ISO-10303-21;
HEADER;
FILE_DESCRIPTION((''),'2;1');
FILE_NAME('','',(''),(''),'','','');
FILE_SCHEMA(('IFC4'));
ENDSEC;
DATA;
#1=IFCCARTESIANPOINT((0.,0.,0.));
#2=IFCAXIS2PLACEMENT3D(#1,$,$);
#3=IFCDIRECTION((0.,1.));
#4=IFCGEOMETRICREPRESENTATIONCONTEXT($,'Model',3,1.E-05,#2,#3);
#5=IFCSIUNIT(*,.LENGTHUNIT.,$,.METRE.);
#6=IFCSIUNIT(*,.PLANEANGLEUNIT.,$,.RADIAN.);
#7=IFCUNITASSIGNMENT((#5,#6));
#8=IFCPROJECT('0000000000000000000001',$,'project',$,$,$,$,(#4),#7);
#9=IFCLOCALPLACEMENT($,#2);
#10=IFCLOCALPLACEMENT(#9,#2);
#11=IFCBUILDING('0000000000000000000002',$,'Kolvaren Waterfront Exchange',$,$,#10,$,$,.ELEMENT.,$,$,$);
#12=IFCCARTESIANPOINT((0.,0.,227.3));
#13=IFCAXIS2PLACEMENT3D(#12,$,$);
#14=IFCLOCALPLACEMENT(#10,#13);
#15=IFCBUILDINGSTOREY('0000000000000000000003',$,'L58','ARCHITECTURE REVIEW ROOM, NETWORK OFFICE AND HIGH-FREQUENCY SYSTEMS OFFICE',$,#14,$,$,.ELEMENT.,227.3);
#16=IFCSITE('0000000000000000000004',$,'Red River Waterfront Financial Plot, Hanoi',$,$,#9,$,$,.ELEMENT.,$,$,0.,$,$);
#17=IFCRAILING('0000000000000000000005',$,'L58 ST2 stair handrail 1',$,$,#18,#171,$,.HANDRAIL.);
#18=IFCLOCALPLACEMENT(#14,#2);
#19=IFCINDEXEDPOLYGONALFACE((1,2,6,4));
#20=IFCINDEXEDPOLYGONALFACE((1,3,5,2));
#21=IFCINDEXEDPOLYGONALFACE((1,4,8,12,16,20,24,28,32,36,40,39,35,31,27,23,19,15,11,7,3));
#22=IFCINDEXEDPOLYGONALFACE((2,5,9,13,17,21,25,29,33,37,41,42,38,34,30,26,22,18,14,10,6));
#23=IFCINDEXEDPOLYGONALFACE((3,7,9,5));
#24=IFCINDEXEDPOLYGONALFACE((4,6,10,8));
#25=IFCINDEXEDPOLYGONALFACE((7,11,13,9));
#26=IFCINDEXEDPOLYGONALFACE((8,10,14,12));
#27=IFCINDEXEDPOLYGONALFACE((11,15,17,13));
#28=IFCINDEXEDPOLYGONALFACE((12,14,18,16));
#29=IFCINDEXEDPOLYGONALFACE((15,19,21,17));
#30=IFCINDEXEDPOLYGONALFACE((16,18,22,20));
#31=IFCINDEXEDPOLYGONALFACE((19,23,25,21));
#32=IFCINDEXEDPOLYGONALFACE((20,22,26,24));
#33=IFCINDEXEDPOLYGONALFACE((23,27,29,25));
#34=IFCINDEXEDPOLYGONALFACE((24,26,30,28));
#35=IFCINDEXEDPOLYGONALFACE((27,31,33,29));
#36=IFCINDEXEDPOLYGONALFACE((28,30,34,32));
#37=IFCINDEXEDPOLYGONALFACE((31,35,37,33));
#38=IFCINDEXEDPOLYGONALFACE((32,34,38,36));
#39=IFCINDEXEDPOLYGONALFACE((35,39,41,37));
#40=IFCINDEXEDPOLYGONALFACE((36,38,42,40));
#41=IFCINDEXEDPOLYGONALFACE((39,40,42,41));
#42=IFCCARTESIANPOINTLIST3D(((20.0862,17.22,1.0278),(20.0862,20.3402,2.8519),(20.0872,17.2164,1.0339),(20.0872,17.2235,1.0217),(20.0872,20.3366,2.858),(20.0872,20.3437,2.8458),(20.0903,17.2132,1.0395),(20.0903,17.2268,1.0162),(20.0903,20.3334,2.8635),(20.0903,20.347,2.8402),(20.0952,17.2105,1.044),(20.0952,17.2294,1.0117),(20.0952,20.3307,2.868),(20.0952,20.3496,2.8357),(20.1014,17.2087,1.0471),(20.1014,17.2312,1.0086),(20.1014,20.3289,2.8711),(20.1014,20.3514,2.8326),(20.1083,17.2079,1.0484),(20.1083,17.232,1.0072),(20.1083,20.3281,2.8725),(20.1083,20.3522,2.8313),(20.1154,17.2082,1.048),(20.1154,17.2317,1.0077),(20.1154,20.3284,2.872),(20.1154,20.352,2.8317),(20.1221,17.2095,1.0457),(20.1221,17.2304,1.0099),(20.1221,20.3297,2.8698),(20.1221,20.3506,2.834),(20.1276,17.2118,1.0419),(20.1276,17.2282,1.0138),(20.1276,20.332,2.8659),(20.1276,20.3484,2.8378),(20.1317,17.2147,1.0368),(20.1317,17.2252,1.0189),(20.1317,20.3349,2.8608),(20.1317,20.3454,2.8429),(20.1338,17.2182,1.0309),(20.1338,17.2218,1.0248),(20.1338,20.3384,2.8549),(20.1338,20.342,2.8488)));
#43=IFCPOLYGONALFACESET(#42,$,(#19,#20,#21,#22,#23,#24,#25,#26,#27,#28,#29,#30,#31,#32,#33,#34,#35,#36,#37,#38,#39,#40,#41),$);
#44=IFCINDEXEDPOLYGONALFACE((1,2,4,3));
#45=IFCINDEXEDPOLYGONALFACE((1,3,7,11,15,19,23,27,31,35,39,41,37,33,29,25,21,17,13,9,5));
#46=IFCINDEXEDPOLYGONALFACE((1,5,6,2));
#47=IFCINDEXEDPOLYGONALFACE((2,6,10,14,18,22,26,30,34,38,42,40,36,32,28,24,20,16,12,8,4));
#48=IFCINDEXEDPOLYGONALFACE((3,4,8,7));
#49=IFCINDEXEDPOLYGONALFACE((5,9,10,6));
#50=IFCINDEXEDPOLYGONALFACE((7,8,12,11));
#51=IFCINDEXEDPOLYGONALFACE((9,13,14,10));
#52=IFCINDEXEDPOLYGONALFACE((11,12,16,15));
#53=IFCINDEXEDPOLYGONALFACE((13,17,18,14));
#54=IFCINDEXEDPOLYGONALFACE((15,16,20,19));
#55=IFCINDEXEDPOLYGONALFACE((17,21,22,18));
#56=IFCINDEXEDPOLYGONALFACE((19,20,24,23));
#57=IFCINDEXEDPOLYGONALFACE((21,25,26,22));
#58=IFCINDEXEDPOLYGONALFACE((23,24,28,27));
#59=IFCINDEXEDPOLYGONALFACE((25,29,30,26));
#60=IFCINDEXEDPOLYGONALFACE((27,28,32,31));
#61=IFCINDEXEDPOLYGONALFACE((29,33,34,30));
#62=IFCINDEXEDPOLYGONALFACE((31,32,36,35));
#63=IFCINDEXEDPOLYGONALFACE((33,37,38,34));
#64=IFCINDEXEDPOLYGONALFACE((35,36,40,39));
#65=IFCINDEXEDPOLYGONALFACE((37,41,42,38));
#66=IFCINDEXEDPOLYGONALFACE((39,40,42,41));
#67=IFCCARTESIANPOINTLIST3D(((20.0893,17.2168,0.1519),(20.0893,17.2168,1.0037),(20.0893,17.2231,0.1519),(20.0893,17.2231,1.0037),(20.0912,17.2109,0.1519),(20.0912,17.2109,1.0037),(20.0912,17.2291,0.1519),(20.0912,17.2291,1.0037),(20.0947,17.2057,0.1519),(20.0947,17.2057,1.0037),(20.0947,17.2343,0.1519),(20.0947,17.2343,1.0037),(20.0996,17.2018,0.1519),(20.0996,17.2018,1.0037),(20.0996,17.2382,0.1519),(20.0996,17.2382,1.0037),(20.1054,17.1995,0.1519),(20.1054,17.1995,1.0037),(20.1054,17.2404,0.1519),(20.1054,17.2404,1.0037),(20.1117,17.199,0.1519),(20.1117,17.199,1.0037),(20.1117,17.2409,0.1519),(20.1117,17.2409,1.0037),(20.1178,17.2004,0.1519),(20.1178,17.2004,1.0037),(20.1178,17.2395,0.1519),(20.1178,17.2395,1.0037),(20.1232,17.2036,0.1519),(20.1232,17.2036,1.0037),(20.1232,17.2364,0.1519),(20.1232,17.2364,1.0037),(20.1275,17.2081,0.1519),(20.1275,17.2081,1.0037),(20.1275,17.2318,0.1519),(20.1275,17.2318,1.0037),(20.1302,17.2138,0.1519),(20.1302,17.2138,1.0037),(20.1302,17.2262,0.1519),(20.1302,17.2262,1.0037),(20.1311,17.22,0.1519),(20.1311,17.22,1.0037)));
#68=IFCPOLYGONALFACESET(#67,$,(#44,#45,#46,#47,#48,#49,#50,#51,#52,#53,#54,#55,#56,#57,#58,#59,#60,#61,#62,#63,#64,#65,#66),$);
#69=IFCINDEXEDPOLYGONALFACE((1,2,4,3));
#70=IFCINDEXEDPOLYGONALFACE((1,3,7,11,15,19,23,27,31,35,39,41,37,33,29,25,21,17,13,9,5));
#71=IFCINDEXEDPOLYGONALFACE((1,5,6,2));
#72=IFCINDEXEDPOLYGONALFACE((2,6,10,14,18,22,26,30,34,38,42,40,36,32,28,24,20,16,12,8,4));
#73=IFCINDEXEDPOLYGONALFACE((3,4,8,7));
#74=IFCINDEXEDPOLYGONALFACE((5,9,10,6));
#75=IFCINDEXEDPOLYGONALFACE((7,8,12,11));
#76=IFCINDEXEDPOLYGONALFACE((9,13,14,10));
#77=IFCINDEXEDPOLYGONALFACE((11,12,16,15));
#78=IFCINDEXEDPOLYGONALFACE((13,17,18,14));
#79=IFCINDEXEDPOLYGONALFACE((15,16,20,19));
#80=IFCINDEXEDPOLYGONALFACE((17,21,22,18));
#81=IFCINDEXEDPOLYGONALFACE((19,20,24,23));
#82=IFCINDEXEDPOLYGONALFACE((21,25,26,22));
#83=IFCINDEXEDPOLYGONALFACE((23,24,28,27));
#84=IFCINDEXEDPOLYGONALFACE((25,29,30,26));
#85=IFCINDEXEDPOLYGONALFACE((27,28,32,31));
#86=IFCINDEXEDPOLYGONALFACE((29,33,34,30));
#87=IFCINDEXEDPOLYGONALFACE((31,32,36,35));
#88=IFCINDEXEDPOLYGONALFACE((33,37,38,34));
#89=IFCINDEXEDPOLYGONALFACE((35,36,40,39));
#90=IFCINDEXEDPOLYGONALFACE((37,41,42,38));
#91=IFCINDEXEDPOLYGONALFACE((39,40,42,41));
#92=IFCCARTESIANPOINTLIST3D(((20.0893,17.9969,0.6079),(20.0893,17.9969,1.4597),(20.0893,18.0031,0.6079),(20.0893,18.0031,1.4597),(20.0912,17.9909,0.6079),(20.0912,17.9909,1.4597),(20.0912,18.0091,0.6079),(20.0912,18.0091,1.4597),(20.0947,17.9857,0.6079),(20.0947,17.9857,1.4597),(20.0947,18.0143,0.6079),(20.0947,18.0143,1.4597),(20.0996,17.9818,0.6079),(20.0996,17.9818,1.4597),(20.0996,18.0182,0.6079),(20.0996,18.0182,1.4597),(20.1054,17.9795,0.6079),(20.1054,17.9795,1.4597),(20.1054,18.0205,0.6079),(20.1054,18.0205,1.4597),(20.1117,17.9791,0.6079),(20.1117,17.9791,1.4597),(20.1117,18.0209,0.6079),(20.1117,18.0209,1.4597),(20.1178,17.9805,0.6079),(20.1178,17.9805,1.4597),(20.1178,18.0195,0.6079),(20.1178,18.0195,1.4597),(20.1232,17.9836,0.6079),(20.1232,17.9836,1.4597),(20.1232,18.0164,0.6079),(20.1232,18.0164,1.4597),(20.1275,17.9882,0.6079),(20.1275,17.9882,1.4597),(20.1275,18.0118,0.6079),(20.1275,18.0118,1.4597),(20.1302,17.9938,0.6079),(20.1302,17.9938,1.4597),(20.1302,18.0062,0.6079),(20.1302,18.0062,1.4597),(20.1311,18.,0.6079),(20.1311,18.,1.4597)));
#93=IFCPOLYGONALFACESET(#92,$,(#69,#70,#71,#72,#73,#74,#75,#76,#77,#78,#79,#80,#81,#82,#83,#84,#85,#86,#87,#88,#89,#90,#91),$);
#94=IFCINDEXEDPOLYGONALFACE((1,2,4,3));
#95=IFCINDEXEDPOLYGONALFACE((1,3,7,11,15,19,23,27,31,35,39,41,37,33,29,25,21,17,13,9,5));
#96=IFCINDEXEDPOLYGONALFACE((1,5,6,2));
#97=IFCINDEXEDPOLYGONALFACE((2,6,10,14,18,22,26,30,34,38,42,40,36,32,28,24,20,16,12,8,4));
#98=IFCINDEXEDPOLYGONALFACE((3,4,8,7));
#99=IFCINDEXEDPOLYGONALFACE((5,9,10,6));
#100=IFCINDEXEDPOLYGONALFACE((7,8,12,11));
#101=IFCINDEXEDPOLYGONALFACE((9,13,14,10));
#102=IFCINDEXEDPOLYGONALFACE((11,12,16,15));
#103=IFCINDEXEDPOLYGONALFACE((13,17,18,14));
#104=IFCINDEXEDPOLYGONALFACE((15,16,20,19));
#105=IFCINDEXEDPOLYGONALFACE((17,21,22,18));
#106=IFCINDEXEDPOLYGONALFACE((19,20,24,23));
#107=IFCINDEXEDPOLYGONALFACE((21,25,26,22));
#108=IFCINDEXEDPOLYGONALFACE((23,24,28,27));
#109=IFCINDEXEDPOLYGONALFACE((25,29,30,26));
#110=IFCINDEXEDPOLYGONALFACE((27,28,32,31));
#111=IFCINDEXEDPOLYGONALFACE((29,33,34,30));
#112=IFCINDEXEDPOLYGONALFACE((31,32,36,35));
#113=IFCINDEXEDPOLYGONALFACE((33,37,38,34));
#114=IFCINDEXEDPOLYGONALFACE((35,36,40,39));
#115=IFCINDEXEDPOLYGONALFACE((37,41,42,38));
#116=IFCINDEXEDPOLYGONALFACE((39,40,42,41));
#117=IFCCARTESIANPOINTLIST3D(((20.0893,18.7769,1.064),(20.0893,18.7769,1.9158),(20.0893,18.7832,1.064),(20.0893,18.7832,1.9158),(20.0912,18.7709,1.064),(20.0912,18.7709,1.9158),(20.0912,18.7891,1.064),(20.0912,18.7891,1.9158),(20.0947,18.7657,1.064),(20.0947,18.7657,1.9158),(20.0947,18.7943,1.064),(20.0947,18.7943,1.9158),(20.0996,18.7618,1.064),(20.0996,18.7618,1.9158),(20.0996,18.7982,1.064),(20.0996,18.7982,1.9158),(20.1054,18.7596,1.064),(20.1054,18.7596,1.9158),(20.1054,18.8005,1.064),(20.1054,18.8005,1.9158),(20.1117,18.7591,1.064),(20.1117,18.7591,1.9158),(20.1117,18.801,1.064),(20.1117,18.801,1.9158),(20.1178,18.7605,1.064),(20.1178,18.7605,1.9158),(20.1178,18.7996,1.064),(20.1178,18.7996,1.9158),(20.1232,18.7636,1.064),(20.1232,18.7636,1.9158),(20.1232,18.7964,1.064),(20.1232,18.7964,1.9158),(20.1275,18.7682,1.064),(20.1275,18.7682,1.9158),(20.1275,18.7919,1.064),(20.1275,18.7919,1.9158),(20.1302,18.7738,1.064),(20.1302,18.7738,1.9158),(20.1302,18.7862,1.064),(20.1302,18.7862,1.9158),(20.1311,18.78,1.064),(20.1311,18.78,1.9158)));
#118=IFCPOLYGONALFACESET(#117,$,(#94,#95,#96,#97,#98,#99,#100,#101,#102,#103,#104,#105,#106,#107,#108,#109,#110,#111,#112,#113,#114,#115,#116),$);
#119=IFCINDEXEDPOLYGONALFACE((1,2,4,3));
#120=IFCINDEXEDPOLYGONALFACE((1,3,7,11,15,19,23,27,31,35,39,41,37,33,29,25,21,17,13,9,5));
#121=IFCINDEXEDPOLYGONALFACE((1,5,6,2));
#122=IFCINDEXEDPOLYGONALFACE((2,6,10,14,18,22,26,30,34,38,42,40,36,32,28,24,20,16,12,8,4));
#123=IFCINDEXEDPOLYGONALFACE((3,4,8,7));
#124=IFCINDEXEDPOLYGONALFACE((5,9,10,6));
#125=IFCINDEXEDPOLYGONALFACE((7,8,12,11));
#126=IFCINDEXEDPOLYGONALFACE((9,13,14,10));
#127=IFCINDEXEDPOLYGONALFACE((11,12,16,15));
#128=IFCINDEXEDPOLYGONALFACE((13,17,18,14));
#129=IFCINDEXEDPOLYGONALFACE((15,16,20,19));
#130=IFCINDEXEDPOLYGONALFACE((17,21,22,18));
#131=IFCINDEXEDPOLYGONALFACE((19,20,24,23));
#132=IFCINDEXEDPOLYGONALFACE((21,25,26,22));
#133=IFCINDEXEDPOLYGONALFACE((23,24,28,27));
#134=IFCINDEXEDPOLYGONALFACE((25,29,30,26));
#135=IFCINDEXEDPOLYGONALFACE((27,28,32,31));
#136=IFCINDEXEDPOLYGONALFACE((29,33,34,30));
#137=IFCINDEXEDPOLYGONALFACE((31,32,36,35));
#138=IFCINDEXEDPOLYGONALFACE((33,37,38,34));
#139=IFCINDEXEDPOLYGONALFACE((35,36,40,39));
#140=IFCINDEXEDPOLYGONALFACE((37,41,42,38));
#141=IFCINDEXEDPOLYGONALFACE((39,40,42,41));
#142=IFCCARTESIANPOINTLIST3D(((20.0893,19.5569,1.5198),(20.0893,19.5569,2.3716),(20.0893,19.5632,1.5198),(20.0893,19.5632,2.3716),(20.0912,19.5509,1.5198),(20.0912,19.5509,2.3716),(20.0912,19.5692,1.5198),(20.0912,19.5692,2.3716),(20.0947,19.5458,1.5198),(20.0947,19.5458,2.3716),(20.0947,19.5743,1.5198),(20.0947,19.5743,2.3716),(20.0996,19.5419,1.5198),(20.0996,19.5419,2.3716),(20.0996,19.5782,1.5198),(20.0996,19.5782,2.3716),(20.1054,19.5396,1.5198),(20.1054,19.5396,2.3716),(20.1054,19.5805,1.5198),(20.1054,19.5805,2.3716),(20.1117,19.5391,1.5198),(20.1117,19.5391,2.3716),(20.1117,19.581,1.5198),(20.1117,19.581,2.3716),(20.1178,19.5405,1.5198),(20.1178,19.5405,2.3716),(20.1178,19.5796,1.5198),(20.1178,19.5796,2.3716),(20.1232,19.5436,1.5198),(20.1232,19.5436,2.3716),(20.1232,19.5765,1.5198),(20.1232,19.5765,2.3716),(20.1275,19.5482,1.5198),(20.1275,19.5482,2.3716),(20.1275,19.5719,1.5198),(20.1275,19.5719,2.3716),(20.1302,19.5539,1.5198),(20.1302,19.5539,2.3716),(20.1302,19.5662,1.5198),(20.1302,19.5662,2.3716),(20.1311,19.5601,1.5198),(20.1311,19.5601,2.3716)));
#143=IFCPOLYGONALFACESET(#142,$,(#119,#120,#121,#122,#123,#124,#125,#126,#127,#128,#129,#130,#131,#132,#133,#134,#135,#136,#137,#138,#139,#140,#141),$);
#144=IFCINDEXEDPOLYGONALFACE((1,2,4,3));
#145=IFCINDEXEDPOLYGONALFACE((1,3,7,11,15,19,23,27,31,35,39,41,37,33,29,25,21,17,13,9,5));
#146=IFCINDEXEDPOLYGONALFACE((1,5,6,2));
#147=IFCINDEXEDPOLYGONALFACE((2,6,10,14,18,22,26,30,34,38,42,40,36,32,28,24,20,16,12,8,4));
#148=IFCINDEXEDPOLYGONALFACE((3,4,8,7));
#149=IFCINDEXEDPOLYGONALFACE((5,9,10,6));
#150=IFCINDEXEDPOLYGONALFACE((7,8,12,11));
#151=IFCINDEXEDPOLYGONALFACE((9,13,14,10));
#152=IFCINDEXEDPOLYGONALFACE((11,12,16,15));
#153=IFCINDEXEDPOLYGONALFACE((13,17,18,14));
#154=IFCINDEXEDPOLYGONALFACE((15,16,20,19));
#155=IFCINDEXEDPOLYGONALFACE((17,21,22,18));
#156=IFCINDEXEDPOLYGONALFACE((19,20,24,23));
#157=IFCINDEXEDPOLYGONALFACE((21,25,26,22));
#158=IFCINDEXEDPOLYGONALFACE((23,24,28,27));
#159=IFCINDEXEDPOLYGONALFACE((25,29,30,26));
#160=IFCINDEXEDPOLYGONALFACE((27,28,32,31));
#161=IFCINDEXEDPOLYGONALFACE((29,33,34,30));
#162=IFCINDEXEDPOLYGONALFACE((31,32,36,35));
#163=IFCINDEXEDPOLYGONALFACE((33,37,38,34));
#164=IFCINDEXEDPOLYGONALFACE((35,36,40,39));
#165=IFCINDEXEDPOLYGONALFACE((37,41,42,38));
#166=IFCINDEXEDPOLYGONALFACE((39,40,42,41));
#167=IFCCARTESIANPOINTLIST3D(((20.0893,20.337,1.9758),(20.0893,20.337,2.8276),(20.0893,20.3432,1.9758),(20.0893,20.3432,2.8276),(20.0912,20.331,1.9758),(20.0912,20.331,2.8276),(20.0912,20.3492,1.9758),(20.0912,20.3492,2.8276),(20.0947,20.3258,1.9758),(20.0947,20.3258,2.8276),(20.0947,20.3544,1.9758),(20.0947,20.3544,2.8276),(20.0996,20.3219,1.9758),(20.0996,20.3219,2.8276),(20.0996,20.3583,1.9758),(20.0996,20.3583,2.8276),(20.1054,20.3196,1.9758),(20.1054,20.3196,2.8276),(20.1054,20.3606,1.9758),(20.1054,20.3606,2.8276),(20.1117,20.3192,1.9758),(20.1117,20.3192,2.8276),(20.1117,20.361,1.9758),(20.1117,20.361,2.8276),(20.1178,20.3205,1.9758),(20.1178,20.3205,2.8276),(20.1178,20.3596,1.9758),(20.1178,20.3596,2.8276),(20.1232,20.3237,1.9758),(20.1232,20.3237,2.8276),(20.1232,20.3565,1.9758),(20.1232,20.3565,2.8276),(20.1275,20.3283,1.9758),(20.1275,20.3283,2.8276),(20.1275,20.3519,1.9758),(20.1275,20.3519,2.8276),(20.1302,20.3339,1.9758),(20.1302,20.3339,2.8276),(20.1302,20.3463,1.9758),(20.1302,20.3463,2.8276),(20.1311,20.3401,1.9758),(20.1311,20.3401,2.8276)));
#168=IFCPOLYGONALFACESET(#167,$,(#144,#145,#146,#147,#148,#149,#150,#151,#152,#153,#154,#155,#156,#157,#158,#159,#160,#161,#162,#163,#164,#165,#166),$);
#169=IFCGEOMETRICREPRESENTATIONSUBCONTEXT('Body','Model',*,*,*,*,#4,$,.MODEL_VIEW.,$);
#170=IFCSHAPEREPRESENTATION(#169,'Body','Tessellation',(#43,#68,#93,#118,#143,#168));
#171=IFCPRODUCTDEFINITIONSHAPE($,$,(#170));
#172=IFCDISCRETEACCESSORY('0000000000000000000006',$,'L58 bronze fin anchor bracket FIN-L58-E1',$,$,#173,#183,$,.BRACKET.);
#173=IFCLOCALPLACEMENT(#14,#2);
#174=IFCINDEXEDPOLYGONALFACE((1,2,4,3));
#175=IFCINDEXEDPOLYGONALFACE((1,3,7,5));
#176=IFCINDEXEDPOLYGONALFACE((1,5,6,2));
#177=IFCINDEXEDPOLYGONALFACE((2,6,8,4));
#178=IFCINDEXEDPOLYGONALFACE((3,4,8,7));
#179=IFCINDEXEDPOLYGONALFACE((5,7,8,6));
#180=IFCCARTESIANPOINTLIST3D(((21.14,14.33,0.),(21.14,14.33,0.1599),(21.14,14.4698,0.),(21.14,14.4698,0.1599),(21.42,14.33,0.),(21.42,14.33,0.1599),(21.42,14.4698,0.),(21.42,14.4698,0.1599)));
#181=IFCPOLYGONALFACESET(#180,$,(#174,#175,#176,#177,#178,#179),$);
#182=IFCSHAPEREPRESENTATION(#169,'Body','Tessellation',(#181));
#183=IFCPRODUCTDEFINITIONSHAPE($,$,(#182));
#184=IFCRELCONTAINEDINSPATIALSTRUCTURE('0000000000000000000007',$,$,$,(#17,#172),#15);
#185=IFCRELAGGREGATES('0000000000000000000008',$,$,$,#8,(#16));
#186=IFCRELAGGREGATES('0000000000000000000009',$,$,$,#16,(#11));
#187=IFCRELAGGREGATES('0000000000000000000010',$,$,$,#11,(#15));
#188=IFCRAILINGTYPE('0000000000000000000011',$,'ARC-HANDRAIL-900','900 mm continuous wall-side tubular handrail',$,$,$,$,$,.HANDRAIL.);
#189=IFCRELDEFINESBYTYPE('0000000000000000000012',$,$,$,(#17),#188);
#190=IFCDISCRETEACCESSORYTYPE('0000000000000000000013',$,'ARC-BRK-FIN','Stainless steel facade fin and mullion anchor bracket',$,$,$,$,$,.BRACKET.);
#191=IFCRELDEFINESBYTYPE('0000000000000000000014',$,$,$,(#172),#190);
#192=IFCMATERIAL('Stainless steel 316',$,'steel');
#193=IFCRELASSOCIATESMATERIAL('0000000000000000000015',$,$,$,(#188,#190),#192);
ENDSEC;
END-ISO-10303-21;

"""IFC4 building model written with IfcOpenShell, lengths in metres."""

from ifc_helpers import new_model, si_unit, direction, frame, origin, origin_with_axes, origin_2d, place, context, subcontext, project, spatial, rectangle, circle, extrude, source, transform, mapped, material, type_object, element, save


model = new_model("IFC4")

# Units and contexts
model_context = context("Model", 3, precision=1e-05, world=origin(), true_north=direction((0.0, 1.0)))
body_context = subcontext(model_context, "Body", "Model", "MODEL_VIEW")
ifc_project = project(units=[si_unit("LENGTHUNIT", "METRE"), si_unit("PLANEANGLEUNIT", "RADIAN")], contexts=[model_context])

# Site, building, storey
site_placement = place(None, origin())
site = spatial("IfcSite", under=ifc_project, at=site_placement, Name="Red River Waterfront Financial Plot, Hanoi", CompositionType="ELEMENT", RefElevation=0.0)
building_placement = place(site_placement, origin())
building = spatial("IfcBuilding", under=site, at=building_placement, Name="Kolvaren Waterfront Exchange", CompositionType="ELEMENT")
storey_placement = place(building_placement, frame((0.0, 0.0, 227.3)))
storey = spatial("IfcBuildingStorey", under=building, at=storey_placement, Name="L58", Description="ARCHITECTURE REVIEW ROOM, NETWORK OFFICE AND HIGH-FREQUENCY SYSTEMS OFFICE", CompositionType="ELEMENT", Elevation=227.3)

# Railing
ifc_material_1 = material(Name="Stainless steel 316", Category="steel")
railing_type_1 = type_object("IfcRailingType", Name="ARC-HANDRAIL-900", Description="900 mm continuous wall-side tubular handrail", PredefinedType="HANDRAIL", material=ifc_material_1)
railing_1_placement = place(storey_placement, frame((20.1101, 17.22, 0.1519)))
element("IfcRailing", 1, at=railing_1_placement, inside=storey, type_object=railing_type_1, Name="L58 ST2 stair handrail 1", PredefinedType="HANDRAIL", context=body_context, shape_type="SweptSolid", body=[
    extrude(circle(Radius=0.0239, at=origin_2d()), frame((0.0, 0.0, 0.876), z_axis=(0.0, 0.863308, 0.504677), x_axis=(-1.0, 0.0, 0.0)), (0.0, 0.0, 1.0), 3.6143),
    extrude(circle(Radius=0.021, at=origin_2d()), origin(), (0.0, 0.0, 1.0), 0.8518),
    extrude(circle(Radius=0.021, at=origin_2d()), frame((0.0, 0.78, 0.4561)), (0.0, 0.0, 1.0), 0.8518),
    extrude(circle(Radius=0.021, at=origin_2d()), frame((0.0, 1.5601, 0.9121)), (0.0, 0.0, 1.0), 0.8518),
    extrude(circle(Radius=0.021, at=origin_2d()), frame((0.0, 2.3401, 1.3679)), (0.0, 0.0, 1.0), 0.8518),
    extrude(circle(Radius=0.021, at=origin_2d()), frame((0.0, 3.1201, 1.824)), (0.0, 0.0, 1.0), 0.8518),
])

# Discrete accessory
discrete_accessory_type = type_object("IfcDiscreteAccessoryType", Name="ARC-BRK-FIN", Description="Stainless steel facade fin and mullion anchor bracket", PredefinedType="BRACKET", material=ifc_material_1)
shared_shape = source(origin_with_axes(), body_context, "Body", "SweptSolid", [
    extrude(rectangle(XDim=0.28, YDim=0.1399, at=origin_2d()), origin(), (0.0, 0.0, 1.0), 0.1599),
])
discrete_accessory_placement = place(storey_placement, frame((21.28, 14.3999, 0.0), z_axis=(0.0, 0.0, 1.0), x_axis=(1.0, 0.0, 0.0)))
element("IfcDiscreteAccessory", 2, at=discrete_accessory_placement, inside=storey, type_object=discrete_accessory_type, Name="L58 bronze fin anchor bracket FIN-L58-E1", PredefinedType="BRACKET", context=body_context, shape_type="MappedRepresentation", body=[
    mapped(shared_shape, transform((0.0, 0.0, 0.0), x_axis=(1.0, 0.0, 0.0), y_axis=(0.0, 1.0, 0.0), z_axis=(0.0, 0.0, 1.0), scale=1.0)),
])

save(model, "model.ifc")
